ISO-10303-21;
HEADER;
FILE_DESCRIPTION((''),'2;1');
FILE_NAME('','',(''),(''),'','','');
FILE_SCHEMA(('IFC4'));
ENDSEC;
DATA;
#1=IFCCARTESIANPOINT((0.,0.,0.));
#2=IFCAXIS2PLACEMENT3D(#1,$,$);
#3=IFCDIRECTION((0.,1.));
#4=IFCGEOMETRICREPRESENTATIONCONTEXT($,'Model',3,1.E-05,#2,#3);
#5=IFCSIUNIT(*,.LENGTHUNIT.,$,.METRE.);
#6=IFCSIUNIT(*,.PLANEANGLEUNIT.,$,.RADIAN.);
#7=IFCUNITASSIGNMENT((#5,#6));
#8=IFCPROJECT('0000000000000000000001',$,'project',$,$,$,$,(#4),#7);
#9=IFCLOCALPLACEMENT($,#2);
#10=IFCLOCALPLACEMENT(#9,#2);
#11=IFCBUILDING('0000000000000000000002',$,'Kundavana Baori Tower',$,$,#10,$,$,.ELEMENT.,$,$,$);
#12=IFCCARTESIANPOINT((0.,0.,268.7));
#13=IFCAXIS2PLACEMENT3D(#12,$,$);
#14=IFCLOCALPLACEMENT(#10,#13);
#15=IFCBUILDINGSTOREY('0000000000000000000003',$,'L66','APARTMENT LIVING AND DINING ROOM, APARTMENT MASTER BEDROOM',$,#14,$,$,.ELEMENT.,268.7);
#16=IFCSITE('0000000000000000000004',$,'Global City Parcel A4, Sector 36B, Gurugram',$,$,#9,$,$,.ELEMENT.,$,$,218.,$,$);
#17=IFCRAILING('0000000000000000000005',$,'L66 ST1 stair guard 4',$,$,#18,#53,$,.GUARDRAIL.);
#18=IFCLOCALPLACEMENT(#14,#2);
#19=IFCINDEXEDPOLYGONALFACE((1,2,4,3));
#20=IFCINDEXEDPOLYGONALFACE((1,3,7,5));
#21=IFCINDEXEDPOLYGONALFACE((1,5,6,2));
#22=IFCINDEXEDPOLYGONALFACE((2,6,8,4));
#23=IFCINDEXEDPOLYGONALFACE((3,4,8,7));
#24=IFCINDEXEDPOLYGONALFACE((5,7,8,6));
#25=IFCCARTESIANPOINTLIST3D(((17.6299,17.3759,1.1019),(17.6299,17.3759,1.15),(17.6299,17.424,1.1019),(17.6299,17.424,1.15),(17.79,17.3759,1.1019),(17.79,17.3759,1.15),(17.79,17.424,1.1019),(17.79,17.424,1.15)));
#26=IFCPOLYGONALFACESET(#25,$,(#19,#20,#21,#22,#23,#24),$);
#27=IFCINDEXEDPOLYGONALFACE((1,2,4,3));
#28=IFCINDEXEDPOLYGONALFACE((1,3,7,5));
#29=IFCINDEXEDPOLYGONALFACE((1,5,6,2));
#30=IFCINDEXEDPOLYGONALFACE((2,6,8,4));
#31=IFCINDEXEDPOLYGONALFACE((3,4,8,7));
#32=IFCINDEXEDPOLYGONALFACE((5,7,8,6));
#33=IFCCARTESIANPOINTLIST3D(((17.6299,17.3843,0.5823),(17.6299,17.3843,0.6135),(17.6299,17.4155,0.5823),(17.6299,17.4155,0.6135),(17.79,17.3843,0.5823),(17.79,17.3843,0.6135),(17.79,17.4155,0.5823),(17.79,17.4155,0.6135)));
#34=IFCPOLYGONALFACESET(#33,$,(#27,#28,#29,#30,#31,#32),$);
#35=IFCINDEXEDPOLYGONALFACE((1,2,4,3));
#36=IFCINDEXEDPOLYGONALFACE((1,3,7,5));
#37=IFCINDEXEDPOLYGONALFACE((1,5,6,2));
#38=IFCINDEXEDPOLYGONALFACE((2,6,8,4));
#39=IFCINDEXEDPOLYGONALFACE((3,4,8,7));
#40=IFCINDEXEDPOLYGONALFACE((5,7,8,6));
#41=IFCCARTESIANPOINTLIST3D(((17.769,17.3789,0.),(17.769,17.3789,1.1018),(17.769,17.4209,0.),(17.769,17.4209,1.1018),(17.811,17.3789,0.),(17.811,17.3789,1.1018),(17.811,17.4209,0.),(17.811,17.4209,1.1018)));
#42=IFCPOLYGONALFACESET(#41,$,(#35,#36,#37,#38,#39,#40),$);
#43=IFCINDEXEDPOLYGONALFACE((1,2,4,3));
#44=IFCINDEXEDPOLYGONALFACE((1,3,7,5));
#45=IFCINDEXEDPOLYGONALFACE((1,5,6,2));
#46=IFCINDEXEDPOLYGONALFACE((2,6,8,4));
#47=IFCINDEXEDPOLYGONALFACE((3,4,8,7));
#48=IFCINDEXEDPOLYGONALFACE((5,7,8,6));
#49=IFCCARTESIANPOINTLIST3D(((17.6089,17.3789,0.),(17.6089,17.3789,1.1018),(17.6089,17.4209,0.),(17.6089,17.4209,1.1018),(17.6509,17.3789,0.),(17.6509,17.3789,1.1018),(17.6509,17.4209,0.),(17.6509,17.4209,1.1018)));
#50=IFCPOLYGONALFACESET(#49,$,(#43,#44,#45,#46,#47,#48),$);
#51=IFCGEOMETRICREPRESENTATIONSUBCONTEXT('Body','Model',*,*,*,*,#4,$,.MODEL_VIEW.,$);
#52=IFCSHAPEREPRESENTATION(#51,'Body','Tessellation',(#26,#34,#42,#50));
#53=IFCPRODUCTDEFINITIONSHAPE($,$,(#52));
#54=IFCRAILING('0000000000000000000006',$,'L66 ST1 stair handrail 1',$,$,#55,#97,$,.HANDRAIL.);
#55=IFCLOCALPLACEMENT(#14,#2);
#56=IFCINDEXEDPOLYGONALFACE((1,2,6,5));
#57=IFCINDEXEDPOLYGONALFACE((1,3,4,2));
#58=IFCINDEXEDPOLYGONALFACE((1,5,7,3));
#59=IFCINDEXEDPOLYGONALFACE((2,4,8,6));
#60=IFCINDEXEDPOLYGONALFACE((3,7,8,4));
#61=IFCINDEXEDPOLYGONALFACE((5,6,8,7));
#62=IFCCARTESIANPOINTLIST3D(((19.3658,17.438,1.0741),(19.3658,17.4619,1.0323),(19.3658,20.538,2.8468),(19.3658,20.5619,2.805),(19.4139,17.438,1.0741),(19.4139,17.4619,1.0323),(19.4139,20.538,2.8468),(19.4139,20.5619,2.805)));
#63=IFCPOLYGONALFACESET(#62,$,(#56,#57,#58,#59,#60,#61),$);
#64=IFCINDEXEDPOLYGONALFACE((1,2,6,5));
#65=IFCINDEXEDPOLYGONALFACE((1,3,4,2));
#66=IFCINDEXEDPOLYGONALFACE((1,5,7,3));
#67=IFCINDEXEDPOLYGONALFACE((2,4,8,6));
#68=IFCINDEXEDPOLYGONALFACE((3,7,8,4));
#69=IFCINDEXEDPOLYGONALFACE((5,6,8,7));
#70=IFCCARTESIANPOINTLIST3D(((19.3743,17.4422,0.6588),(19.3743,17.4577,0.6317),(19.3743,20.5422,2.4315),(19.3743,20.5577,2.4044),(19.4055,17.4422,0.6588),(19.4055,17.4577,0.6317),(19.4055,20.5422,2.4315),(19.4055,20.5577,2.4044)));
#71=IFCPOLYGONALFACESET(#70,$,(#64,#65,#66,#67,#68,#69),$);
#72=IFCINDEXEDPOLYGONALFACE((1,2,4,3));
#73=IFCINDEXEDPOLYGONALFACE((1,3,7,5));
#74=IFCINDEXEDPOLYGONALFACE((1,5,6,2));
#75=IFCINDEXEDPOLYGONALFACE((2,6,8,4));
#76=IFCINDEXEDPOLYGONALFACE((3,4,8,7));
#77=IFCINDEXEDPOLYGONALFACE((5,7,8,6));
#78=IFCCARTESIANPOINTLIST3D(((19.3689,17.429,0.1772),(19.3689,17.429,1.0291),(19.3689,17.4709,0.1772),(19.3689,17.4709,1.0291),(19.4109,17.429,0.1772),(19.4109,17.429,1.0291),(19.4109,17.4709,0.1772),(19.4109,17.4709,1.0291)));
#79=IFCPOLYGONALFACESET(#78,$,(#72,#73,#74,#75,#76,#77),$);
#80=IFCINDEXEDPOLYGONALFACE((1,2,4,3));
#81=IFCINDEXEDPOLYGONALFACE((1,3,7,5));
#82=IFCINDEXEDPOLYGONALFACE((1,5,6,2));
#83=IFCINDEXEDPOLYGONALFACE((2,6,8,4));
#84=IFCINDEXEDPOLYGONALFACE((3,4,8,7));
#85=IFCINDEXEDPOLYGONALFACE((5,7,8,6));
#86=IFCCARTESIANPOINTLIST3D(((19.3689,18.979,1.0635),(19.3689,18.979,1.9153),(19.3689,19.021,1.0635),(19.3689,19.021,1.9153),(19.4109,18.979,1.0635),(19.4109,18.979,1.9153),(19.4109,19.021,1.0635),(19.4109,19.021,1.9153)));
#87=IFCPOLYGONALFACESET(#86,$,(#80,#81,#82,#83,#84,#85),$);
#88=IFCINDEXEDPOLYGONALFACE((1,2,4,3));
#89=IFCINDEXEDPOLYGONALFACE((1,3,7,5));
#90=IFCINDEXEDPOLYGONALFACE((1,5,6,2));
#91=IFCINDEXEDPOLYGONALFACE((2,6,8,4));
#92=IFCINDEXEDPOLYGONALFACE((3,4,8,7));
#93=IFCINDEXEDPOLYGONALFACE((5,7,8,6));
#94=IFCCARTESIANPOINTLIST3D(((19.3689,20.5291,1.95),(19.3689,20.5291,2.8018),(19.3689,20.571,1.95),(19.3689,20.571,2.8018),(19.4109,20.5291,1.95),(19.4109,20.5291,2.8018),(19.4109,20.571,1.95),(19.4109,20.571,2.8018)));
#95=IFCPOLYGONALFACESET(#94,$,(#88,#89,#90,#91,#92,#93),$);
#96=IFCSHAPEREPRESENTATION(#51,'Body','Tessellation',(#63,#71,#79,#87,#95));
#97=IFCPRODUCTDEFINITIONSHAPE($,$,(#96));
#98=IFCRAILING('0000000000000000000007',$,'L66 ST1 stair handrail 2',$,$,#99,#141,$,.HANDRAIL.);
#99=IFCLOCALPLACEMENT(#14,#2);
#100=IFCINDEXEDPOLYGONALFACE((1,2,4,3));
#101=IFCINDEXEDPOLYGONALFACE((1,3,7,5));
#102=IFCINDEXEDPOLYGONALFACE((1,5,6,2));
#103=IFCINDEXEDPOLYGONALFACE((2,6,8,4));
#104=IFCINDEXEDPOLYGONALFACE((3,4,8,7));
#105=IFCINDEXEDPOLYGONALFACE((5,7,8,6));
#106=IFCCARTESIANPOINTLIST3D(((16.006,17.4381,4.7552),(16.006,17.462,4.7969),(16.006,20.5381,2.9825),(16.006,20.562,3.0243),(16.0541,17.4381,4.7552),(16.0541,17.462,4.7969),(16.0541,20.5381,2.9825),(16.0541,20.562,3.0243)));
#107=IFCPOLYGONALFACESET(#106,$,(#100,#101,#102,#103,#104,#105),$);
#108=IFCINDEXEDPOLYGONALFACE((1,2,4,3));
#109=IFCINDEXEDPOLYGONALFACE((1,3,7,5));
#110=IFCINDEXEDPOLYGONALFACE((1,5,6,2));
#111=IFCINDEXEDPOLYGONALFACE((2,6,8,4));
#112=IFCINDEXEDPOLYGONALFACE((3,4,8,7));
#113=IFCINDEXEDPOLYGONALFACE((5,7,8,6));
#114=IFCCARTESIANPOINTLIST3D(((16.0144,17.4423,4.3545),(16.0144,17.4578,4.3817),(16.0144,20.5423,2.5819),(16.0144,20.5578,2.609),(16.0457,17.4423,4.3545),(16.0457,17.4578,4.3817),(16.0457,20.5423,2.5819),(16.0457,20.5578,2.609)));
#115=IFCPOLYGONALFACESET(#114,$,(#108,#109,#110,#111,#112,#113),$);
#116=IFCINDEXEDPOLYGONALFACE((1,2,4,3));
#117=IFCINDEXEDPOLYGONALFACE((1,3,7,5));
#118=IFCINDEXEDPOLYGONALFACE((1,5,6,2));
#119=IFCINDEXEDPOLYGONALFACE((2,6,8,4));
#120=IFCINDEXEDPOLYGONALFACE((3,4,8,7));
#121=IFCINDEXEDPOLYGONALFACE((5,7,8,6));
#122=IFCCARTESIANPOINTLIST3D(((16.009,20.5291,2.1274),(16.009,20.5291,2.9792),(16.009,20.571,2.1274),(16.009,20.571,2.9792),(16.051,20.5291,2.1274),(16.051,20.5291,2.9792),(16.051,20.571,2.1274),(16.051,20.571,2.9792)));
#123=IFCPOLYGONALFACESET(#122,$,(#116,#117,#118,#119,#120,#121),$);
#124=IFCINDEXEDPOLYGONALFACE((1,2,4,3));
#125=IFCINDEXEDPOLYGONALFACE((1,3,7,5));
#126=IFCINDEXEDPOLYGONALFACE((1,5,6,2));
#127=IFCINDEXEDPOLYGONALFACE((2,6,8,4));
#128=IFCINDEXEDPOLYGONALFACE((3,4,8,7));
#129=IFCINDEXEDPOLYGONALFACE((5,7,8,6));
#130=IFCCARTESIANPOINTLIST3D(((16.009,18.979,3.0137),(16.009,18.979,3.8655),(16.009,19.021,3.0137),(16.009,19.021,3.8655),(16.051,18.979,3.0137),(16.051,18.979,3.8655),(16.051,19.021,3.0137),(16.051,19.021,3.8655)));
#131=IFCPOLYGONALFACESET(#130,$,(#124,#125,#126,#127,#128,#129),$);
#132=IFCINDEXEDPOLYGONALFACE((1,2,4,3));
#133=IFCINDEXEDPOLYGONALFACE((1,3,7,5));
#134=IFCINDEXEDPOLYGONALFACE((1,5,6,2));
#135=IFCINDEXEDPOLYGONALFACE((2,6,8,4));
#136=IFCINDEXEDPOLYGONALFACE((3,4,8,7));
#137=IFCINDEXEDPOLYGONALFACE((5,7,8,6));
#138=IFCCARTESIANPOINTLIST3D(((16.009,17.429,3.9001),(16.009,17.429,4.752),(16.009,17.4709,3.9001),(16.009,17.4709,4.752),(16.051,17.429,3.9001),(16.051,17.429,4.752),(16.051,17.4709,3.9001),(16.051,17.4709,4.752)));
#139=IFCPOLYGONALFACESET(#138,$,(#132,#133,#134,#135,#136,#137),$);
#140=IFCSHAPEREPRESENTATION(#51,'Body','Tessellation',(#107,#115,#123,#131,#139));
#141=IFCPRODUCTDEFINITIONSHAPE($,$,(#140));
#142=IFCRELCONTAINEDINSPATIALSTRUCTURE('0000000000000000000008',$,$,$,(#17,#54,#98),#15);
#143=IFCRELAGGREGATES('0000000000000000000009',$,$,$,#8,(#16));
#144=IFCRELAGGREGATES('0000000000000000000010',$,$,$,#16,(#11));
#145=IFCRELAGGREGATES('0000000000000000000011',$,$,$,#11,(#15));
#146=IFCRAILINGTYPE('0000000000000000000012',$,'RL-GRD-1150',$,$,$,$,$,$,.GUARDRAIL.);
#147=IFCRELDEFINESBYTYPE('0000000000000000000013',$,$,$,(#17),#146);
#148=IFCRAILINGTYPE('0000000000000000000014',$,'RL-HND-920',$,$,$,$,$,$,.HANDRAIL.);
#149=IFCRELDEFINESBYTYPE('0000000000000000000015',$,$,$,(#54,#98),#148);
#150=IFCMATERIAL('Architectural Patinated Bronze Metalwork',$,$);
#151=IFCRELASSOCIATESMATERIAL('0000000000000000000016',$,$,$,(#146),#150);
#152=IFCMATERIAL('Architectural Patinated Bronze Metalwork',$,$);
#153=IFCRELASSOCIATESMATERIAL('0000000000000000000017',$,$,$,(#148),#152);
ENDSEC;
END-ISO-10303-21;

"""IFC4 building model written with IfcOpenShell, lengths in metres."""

from ifc_helpers import new_model, si_unit, direction, frame, origin, origin_2d, place, context, subcontext, project, spatial, rectangle, extrude, material, type_object, element, save


model = new_model("IFC4")

# Units and contexts
model_context = context("Model", 3, precision=1e-05, world=origin(), true_north=direction((0.0, 1.0)))
body_context = subcontext(model_context, "Body", "Model", "MODEL_VIEW")
ifc_project = project(units=[si_unit("LENGTHUNIT", "METRE"), si_unit("PLANEANGLEUNIT", "RADIAN")], contexts=[model_context])

# Site, building, storey
site_placement = place(None, origin())
site = spatial("IfcSite", under=ifc_project, at=site_placement, Name="Global City Parcel A4, Sector 36B, Gurugram", CompositionType="ELEMENT", RefElevation=218.0)
building_placement = place(site_placement, origin())
building = spatial("IfcBuilding", under=site, at=building_placement, Name="Kundavana Baori Tower", CompositionType="ELEMENT")
storey_placement = place(building_placement, frame((0.0, 0.0, 268.7)))
storey = spatial("IfcBuildingStorey", under=building, at=storey_placement, Name="L66", Description="APARTMENT LIVING AND DINING ROOM, APARTMENT MASTER BEDROOM", CompositionType="ELEMENT", Elevation=268.7)

# Railings
ifc_material_1 = material(Name="Architectural Patinated Bronze Metalwork")
railing_type_1 = type_object("IfcRailingType", Name="RL-GRD-1150", PredefinedType="GUARDRAIL", material=ifc_material_1)
railing_1_placement = place(storey_placement, frame((17.79, 17.3999, 0.0)))
element("IfcRailing", 1, at=railing_1_placement, inside=storey, type_object=railing_type_1, Name="L66 ST1 stair guard 4", PredefinedType="GUARDRAIL", context=body_context, shape_type="SweptSolid", body=[
    extrude(rectangle(XDim=0.0481, YDim=0.0481, at=origin_2d()), frame((0.0, 0.0, 1.126), z_axis=(-1.0, 0.0, 0.0), x_axis=(0.0, -1.0, 0.0)), (0.0, 0.0, 1.0), 0.1602),
    extrude(rectangle(XDim=0.0312, YDim=0.0312, at=origin_2d()), frame((0.0, 0.0, 0.5979), z_axis=(-1.0, 0.0, 0.0), x_axis=(0.0, -1.0, 0.0)), (0.0, 0.0, 1.0), 0.1602),
    extrude(rectangle(XDim=0.042, YDim=0.042, at=origin_2d()), origin(), (0.0, 0.0, 1.0), 1.1018),
    extrude(rectangle(XDim=0.042, YDim=0.042, at=origin_2d()), frame((-0.1602, 0.0, 0.0)), (0.0, 0.0, 1.0), 1.1018),
])
ifc_material_2 = material(Name="Architectural Patinated Bronze Metalwork")
railing_type_2 = type_object("IfcRailingType", Name="RL-HND-920", PredefinedType="HANDRAIL", material=ifc_material_2)
railing_2_placement = place(storey_placement, frame((19.3899, 17.45, 0.1772)))
element("IfcRailing", 2, at=railing_2_placement, inside=storey, type_object=railing_type_2, Name="L66 ST1 stair handrail 1", PredefinedType="HANDRAIL", context=body_context, shape_type="SweptSolid", body=[
    extrude(rectangle(XDim=0.0481, YDim=0.0481, at=origin_2d()), frame((0.0, 0.0, 0.876), z_axis=(0.0, 0.868096, 0.496397), x_axis=(-1.0, 0.0, 0.0)), (0.0, 0.0, 1.0), 3.571),
    extrude(rectangle(XDim=0.0312, YDim=0.0312, at=origin_2d()), frame((0.0, 0.0, 0.468), z_axis=(0.0, 0.868096, 0.496397), x_axis=(-1.0, 0.0, 0.0)), (0.0, 0.0, 1.0), 3.571),
    extrude(rectangle(XDim=0.042, YDim=0.042, at=origin_2d()), origin(), (0.0, 0.0, 1.0), 0.8518),
    extrude(rectangle(XDim=0.042, YDim=0.042, at=origin_2d()), frame((0.0, 1.55, 0.8862)), (0.0, 0.0, 1.0), 0.8518),
    extrude(rectangle(XDim=0.042, YDim=0.042, at=origin_2d()), frame((0.0, 3.1001, 1.7727)), (0.0, 0.0, 1.0), 0.8518),
])
railing_3_placement = place(storey_placement, frame((16.03, 20.55, 2.1274)))
element("IfcRailing", 3, at=railing_3_placement, inside=storey, type_object=railing_type_2, Name="L66 ST1 stair handrail 2", PredefinedType="HANDRAIL", context=body_context, shape_type="SweptSolid", body=[
    extrude(rectangle(XDim=0.0481, YDim=0.0481, at=origin_2d()), frame((0.0, 0.0, 0.876), z_axis=(0.0, -0.868096, 0.496397), x_axis=(1.0, 0.0, 0.0)), (0.0, 0.0, 1.0), 3.571),
    extrude(rectangle(XDim=0.0312, YDim=0.0312, at=origin_2d()), frame((0.0, 0.0, 0.468), z_axis=(0.0, -0.868096, 0.496397), x_axis=(1.0, 0.0, 0.0)), (0.0, 0.0, 1.0), 3.571),
    extrude(rectangle(XDim=0.042, YDim=0.042, at=origin_2d()), origin(), (0.0, 0.0, 1.0), 0.8518),
    extrude(rectangle(XDim=0.042, YDim=0.042, at=origin_2d()), frame((0.0, -1.55, 0.8862)), (0.0, 0.0, 1.0), 0.8518),
    extrude(rectangle(XDim=0.042, YDim=0.042, at=origin_2d()), frame((0.0, -3.1001, 1.7727)), (0.0, 0.0, 1.0), 0.8518),
])

save(model, "model.ifc")
